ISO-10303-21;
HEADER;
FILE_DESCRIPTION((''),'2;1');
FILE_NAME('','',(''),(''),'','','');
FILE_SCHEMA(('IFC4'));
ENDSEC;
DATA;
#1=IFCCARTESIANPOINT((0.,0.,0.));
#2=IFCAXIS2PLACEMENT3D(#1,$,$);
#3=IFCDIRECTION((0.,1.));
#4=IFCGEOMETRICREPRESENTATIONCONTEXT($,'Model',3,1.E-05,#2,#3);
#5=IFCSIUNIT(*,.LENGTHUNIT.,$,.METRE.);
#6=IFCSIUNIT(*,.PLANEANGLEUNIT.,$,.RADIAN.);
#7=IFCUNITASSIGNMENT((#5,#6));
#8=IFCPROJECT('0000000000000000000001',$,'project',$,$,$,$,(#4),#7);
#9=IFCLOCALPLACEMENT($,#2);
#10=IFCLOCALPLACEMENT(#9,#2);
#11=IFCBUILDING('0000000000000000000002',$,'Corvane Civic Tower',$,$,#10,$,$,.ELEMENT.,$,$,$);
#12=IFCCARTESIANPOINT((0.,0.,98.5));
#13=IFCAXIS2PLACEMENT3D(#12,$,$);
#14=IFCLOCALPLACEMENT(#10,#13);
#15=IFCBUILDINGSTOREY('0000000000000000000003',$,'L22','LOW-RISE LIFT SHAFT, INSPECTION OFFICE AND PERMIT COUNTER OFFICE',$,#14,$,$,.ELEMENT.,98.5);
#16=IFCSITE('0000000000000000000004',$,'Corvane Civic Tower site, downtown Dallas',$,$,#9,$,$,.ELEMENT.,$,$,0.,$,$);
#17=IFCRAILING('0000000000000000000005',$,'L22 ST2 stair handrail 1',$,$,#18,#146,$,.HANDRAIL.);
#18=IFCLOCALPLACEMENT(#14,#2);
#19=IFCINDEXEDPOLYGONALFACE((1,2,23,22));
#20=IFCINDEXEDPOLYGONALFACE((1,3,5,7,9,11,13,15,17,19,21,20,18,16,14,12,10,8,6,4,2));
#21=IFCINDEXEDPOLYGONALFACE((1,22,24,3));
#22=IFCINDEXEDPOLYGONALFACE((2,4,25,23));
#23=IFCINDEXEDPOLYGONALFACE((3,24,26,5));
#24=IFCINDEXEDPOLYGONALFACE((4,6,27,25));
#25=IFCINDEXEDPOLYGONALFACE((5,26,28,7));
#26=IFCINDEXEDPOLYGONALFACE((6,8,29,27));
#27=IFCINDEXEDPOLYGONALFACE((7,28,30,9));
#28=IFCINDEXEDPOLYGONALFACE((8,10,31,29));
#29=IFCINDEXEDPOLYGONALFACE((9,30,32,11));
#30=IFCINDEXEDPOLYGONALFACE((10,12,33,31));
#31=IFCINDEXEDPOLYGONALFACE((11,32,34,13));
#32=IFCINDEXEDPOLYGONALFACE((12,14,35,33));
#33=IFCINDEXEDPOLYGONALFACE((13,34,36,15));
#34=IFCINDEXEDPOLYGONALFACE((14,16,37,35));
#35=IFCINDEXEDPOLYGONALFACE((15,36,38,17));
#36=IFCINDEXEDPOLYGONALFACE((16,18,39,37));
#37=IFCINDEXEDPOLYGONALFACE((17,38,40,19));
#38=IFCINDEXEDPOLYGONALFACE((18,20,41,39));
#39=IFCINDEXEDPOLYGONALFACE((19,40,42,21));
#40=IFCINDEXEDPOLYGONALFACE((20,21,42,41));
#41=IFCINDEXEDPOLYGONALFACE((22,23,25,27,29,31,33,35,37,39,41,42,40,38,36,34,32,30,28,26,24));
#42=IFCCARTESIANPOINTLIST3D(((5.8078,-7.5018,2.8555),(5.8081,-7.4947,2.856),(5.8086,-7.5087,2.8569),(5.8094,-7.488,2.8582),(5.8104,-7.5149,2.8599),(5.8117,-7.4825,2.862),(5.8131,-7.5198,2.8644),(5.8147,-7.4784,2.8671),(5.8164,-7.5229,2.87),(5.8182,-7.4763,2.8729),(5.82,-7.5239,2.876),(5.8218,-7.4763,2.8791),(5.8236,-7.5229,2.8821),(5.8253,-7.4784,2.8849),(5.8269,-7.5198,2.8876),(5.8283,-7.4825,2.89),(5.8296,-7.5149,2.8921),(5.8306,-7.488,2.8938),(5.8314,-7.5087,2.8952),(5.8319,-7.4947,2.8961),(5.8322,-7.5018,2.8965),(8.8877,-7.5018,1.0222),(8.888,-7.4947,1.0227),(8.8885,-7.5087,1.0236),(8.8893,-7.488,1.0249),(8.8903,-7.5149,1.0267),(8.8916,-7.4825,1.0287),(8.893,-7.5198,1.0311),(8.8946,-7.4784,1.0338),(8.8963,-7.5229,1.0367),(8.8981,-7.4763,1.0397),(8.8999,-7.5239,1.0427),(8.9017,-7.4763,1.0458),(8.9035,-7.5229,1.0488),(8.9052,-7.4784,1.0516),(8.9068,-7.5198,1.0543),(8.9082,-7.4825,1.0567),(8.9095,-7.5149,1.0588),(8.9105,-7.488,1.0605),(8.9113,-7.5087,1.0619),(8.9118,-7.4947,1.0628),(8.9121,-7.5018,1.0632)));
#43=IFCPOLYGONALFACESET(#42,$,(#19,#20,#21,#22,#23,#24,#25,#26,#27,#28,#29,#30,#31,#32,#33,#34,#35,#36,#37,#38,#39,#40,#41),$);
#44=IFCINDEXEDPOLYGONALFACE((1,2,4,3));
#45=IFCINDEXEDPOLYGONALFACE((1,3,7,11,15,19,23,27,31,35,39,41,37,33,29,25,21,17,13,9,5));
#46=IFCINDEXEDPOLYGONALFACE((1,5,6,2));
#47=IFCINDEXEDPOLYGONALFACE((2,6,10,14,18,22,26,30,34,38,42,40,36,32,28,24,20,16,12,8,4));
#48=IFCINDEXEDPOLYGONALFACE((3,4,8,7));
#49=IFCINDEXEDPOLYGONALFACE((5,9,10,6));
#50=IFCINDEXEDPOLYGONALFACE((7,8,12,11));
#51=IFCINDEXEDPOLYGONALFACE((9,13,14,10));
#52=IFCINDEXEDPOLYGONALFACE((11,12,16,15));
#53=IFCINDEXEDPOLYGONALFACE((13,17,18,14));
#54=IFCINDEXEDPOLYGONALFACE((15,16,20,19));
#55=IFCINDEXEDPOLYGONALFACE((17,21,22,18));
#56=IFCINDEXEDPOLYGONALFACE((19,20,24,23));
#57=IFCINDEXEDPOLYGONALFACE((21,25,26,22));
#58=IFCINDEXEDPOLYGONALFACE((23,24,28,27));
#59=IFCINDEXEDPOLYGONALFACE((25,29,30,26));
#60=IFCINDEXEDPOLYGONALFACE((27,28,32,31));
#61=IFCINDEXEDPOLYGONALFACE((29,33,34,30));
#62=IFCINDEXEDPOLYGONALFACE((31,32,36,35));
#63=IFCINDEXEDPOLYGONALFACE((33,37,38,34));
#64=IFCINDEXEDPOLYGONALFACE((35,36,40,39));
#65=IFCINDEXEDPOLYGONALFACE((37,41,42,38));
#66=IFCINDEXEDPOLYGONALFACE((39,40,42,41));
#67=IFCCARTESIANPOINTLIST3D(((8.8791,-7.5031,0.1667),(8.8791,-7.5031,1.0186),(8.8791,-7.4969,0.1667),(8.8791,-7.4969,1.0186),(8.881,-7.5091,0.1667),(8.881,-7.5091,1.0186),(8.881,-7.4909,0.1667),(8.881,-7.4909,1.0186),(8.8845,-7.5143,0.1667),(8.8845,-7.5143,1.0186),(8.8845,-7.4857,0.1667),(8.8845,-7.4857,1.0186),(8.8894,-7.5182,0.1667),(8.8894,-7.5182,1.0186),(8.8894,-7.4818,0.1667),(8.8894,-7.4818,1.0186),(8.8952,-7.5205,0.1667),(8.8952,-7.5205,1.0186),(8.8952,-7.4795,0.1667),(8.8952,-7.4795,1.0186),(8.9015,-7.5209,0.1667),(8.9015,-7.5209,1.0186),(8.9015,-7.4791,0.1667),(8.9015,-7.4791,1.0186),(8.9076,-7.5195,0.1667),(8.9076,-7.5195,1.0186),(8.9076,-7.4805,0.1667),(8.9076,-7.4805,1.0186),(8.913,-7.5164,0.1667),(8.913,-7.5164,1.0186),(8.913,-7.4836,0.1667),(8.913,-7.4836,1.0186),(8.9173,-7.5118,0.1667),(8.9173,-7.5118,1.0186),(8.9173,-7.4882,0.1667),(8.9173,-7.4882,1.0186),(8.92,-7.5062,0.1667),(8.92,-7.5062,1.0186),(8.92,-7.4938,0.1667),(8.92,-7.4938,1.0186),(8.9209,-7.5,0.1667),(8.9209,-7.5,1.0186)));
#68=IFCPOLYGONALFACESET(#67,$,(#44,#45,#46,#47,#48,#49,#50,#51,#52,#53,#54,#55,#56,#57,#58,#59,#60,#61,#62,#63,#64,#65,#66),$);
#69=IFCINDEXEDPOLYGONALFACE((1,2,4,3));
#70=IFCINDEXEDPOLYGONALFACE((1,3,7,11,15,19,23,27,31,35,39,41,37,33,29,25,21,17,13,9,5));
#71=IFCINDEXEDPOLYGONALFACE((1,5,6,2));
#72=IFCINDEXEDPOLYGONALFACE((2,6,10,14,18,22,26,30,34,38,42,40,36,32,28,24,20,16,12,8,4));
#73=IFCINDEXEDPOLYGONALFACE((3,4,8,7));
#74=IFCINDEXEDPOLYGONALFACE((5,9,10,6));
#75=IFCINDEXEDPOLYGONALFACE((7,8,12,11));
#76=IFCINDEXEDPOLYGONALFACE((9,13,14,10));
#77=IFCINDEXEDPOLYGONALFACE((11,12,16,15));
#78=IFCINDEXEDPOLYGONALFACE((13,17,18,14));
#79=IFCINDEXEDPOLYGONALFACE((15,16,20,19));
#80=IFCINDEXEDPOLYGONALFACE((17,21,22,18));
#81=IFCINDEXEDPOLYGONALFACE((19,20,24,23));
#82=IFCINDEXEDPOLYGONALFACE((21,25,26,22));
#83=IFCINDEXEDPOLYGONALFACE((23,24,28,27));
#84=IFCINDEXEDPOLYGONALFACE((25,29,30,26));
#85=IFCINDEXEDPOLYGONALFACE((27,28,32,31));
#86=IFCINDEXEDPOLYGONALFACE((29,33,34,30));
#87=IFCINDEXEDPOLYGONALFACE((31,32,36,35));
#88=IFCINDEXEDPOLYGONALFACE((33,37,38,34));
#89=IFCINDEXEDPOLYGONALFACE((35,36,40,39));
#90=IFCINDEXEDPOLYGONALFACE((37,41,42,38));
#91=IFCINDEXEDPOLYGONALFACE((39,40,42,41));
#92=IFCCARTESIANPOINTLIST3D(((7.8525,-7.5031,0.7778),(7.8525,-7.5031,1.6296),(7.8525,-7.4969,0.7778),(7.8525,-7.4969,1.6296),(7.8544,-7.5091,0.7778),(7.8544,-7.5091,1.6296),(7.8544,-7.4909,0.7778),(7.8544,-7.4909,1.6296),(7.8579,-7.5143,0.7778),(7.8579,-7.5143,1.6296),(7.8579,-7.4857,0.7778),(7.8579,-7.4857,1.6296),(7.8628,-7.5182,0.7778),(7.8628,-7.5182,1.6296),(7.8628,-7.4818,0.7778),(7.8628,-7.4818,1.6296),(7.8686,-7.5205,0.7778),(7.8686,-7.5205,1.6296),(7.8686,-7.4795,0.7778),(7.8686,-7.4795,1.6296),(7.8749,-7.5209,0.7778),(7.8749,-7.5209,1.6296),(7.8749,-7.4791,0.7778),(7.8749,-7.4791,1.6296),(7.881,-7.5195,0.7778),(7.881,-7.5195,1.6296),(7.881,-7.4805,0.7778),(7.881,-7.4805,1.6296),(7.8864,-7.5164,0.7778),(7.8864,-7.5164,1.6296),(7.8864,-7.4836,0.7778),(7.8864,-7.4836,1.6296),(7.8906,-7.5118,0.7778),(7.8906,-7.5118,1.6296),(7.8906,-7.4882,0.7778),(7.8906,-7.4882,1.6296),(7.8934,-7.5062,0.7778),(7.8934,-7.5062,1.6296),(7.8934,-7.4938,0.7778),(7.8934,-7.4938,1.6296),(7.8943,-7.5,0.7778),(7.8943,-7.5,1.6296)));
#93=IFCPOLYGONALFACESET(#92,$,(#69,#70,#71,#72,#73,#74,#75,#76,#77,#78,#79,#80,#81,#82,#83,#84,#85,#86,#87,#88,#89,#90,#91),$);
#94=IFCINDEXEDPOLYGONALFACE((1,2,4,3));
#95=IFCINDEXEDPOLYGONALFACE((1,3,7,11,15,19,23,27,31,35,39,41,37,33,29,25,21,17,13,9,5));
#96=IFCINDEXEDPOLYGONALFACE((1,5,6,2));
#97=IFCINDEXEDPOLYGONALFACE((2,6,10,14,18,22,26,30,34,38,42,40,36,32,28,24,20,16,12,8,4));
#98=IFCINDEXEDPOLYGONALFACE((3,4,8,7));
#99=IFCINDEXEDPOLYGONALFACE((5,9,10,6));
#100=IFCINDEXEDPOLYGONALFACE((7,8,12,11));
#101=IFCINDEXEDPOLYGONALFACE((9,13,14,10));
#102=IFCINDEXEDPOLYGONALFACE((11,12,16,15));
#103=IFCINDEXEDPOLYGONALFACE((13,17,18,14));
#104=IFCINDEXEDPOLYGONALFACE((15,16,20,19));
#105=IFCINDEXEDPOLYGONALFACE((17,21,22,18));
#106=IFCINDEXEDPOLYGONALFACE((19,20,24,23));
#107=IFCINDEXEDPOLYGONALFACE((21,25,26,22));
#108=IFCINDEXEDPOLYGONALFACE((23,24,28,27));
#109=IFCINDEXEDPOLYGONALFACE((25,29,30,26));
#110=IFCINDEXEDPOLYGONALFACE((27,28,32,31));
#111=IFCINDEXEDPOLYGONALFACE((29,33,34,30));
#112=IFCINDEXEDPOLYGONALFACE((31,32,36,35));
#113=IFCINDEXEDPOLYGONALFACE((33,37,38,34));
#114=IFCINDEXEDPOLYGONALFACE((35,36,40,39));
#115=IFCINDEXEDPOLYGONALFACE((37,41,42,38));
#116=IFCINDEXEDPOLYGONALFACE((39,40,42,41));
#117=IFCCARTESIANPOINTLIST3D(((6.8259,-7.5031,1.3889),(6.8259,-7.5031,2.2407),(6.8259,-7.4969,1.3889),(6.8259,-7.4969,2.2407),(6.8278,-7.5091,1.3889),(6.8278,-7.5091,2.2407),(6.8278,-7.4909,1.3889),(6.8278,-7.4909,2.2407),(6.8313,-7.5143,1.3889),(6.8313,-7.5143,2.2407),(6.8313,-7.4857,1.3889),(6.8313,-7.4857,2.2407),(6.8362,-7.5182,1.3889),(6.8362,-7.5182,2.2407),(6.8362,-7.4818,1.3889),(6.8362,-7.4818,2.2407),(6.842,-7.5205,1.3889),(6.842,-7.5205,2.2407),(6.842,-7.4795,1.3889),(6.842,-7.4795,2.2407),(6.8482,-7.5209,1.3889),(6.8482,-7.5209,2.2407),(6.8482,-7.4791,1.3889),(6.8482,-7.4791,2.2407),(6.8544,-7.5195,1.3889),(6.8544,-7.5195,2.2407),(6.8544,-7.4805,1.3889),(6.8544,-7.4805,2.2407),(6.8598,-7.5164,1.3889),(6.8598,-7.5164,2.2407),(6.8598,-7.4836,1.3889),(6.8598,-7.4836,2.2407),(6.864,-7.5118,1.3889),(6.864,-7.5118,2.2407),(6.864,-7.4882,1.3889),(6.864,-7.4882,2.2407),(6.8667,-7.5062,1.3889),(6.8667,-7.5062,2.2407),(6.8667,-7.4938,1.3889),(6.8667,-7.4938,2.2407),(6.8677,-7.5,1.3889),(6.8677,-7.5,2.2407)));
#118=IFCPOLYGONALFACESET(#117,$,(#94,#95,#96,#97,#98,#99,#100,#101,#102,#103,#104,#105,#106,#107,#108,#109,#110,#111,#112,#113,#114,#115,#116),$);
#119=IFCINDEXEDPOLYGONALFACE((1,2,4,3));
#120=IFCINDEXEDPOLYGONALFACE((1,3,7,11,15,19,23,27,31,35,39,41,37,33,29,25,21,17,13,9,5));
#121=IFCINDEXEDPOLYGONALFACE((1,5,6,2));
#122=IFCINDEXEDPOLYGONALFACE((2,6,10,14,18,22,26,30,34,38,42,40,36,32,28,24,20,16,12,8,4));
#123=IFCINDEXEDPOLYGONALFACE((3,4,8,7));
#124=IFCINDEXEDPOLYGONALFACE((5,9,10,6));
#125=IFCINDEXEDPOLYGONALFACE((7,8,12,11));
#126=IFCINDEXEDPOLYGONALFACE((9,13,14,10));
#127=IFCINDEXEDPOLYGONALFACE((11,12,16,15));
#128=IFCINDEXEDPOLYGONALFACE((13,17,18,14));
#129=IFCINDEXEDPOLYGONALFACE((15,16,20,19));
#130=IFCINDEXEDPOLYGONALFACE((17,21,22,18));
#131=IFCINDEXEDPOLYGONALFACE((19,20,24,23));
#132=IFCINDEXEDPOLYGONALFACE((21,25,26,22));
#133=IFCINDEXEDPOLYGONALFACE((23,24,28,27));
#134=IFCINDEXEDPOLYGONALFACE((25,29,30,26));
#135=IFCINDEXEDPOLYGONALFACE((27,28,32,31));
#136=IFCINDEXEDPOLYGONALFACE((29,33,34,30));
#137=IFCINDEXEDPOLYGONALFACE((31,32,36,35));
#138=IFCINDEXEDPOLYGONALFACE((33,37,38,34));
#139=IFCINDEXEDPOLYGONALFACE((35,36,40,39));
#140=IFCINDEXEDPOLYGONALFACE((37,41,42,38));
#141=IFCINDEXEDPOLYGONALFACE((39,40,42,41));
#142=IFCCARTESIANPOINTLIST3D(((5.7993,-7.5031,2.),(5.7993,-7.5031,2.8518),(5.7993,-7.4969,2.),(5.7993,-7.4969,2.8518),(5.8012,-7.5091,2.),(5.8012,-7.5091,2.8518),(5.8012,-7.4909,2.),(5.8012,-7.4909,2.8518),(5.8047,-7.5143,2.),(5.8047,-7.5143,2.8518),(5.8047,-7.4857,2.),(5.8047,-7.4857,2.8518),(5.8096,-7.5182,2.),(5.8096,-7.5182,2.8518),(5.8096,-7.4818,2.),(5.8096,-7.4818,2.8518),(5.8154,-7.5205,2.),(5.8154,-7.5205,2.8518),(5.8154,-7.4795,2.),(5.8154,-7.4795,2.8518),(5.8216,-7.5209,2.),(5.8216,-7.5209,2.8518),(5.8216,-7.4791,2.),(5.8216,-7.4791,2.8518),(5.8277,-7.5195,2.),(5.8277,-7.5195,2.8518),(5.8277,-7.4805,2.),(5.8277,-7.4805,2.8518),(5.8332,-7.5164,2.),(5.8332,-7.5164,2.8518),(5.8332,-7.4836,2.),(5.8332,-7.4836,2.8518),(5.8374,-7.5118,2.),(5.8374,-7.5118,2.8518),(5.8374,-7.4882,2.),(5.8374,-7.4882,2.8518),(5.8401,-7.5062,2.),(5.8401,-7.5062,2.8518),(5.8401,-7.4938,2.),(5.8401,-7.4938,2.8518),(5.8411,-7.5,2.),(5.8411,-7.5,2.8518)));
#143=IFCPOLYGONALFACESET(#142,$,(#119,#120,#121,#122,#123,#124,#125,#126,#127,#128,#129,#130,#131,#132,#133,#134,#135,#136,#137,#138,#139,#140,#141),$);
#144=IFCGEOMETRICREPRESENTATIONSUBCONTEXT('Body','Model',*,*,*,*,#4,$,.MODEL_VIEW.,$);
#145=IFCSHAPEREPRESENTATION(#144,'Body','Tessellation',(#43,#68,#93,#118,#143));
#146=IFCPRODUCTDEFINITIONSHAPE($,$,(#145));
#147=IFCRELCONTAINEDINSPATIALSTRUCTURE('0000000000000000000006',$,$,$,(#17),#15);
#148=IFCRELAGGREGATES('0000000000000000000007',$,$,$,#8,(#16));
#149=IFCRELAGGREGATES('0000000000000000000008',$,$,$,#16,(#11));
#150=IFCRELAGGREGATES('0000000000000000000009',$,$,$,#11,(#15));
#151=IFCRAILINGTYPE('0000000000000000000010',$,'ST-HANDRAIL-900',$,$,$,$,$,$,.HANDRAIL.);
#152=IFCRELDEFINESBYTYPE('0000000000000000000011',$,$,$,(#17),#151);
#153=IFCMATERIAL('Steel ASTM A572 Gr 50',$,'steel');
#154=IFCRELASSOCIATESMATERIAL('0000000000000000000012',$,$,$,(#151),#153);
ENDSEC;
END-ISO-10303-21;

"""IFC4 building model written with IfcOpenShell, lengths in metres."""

from ifc_helpers import new_model, si_unit, direction, frame, origin, origin_2d, place, context, subcontext, project, spatial, circle, extrude, material, type_object, element, save


model = new_model("IFC4")

# Units and contexts
model_context = context("Model", 3, precision=1e-05, world=origin(), true_north=direction((0.0, 1.0)))
body_context = subcontext(model_context, "Body", "Model", "MODEL_VIEW")
ifc_project = project(units=[si_unit("LENGTHUNIT", "METRE"), si_unit("PLANEANGLEUNIT", "RADIAN")], contexts=[model_context])

# Site, building, storey
site_placement = place(None, origin())
site = spatial("IfcSite", under=ifc_project, at=site_placement, Name="Corvane Civic Tower site, downtown Dallas", CompositionType="ELEMENT", RefElevation=0.0)
building_placement = place(site_placement, origin())
building = spatial("IfcBuilding", under=site, at=building_placement, Name="Corvane Civic Tower", CompositionType="ELEMENT")
storey_placement = place(building_placement, frame((0.0, 0.0, 98.5)))
storey = spatial("IfcBuildingStorey", under=building, at=storey_placement, Name="L22", Description="LOW-RISE LIFT SHAFT, INSPECTION OFFICE AND PERMIT COUNTER OFFICE", CompositionType="ELEMENT", Elevation=98.5)

# Railing
ifc_material_1 = material(Name="Steel ASTM A572 Gr 50", Category="steel")
railing_type_1 = type_object("IfcRailingType", Name="ST-HANDRAIL-900", PredefinedType="HANDRAIL", material=ifc_material_1)
railing_1_placement = place(storey_placement, frame((8.8999, -7.5, 0.1667)))
element("IfcRailing", 1, at=railing_1_placement, inside=storey, type_object=railing_type_1, Name="L22 ST2 stair handrail 1", PredefinedType="HANDRAIL", context=body_context, shape_type="SweptSolid", body=[
    extrude(circle(Radius=0.0239, at=origin_2d()), frame((0.0, 0.0, 0.876), z_axis=(-0.859291, 0.0, 0.511487), x_axis=(0.0, -1.0, 0.0)), (0.0, 0.0, 1.0), 3.5842),
    extrude(circle(Radius=0.021, at=origin_2d()), origin(), (0.0, 0.0, 1.0), 0.8518),
    extrude(circle(Radius=0.021, at=origin_2d()), frame((-1.0266, 0.0, 0.6111)), (0.0, 0.0, 1.0), 0.8518),
    extrude(circle(Radius=0.021, at=origin_2d()), frame((-2.0532, 0.0, 1.2222)), (0.0, 0.0, 1.0), 0.8518),
    extrude(circle(Radius=0.021, at=origin_2d()), frame((-3.0798, 0.0, 1.8333)), (0.0, 0.0, 1.0), 0.8518),
])

save(model, "model.ifc")
